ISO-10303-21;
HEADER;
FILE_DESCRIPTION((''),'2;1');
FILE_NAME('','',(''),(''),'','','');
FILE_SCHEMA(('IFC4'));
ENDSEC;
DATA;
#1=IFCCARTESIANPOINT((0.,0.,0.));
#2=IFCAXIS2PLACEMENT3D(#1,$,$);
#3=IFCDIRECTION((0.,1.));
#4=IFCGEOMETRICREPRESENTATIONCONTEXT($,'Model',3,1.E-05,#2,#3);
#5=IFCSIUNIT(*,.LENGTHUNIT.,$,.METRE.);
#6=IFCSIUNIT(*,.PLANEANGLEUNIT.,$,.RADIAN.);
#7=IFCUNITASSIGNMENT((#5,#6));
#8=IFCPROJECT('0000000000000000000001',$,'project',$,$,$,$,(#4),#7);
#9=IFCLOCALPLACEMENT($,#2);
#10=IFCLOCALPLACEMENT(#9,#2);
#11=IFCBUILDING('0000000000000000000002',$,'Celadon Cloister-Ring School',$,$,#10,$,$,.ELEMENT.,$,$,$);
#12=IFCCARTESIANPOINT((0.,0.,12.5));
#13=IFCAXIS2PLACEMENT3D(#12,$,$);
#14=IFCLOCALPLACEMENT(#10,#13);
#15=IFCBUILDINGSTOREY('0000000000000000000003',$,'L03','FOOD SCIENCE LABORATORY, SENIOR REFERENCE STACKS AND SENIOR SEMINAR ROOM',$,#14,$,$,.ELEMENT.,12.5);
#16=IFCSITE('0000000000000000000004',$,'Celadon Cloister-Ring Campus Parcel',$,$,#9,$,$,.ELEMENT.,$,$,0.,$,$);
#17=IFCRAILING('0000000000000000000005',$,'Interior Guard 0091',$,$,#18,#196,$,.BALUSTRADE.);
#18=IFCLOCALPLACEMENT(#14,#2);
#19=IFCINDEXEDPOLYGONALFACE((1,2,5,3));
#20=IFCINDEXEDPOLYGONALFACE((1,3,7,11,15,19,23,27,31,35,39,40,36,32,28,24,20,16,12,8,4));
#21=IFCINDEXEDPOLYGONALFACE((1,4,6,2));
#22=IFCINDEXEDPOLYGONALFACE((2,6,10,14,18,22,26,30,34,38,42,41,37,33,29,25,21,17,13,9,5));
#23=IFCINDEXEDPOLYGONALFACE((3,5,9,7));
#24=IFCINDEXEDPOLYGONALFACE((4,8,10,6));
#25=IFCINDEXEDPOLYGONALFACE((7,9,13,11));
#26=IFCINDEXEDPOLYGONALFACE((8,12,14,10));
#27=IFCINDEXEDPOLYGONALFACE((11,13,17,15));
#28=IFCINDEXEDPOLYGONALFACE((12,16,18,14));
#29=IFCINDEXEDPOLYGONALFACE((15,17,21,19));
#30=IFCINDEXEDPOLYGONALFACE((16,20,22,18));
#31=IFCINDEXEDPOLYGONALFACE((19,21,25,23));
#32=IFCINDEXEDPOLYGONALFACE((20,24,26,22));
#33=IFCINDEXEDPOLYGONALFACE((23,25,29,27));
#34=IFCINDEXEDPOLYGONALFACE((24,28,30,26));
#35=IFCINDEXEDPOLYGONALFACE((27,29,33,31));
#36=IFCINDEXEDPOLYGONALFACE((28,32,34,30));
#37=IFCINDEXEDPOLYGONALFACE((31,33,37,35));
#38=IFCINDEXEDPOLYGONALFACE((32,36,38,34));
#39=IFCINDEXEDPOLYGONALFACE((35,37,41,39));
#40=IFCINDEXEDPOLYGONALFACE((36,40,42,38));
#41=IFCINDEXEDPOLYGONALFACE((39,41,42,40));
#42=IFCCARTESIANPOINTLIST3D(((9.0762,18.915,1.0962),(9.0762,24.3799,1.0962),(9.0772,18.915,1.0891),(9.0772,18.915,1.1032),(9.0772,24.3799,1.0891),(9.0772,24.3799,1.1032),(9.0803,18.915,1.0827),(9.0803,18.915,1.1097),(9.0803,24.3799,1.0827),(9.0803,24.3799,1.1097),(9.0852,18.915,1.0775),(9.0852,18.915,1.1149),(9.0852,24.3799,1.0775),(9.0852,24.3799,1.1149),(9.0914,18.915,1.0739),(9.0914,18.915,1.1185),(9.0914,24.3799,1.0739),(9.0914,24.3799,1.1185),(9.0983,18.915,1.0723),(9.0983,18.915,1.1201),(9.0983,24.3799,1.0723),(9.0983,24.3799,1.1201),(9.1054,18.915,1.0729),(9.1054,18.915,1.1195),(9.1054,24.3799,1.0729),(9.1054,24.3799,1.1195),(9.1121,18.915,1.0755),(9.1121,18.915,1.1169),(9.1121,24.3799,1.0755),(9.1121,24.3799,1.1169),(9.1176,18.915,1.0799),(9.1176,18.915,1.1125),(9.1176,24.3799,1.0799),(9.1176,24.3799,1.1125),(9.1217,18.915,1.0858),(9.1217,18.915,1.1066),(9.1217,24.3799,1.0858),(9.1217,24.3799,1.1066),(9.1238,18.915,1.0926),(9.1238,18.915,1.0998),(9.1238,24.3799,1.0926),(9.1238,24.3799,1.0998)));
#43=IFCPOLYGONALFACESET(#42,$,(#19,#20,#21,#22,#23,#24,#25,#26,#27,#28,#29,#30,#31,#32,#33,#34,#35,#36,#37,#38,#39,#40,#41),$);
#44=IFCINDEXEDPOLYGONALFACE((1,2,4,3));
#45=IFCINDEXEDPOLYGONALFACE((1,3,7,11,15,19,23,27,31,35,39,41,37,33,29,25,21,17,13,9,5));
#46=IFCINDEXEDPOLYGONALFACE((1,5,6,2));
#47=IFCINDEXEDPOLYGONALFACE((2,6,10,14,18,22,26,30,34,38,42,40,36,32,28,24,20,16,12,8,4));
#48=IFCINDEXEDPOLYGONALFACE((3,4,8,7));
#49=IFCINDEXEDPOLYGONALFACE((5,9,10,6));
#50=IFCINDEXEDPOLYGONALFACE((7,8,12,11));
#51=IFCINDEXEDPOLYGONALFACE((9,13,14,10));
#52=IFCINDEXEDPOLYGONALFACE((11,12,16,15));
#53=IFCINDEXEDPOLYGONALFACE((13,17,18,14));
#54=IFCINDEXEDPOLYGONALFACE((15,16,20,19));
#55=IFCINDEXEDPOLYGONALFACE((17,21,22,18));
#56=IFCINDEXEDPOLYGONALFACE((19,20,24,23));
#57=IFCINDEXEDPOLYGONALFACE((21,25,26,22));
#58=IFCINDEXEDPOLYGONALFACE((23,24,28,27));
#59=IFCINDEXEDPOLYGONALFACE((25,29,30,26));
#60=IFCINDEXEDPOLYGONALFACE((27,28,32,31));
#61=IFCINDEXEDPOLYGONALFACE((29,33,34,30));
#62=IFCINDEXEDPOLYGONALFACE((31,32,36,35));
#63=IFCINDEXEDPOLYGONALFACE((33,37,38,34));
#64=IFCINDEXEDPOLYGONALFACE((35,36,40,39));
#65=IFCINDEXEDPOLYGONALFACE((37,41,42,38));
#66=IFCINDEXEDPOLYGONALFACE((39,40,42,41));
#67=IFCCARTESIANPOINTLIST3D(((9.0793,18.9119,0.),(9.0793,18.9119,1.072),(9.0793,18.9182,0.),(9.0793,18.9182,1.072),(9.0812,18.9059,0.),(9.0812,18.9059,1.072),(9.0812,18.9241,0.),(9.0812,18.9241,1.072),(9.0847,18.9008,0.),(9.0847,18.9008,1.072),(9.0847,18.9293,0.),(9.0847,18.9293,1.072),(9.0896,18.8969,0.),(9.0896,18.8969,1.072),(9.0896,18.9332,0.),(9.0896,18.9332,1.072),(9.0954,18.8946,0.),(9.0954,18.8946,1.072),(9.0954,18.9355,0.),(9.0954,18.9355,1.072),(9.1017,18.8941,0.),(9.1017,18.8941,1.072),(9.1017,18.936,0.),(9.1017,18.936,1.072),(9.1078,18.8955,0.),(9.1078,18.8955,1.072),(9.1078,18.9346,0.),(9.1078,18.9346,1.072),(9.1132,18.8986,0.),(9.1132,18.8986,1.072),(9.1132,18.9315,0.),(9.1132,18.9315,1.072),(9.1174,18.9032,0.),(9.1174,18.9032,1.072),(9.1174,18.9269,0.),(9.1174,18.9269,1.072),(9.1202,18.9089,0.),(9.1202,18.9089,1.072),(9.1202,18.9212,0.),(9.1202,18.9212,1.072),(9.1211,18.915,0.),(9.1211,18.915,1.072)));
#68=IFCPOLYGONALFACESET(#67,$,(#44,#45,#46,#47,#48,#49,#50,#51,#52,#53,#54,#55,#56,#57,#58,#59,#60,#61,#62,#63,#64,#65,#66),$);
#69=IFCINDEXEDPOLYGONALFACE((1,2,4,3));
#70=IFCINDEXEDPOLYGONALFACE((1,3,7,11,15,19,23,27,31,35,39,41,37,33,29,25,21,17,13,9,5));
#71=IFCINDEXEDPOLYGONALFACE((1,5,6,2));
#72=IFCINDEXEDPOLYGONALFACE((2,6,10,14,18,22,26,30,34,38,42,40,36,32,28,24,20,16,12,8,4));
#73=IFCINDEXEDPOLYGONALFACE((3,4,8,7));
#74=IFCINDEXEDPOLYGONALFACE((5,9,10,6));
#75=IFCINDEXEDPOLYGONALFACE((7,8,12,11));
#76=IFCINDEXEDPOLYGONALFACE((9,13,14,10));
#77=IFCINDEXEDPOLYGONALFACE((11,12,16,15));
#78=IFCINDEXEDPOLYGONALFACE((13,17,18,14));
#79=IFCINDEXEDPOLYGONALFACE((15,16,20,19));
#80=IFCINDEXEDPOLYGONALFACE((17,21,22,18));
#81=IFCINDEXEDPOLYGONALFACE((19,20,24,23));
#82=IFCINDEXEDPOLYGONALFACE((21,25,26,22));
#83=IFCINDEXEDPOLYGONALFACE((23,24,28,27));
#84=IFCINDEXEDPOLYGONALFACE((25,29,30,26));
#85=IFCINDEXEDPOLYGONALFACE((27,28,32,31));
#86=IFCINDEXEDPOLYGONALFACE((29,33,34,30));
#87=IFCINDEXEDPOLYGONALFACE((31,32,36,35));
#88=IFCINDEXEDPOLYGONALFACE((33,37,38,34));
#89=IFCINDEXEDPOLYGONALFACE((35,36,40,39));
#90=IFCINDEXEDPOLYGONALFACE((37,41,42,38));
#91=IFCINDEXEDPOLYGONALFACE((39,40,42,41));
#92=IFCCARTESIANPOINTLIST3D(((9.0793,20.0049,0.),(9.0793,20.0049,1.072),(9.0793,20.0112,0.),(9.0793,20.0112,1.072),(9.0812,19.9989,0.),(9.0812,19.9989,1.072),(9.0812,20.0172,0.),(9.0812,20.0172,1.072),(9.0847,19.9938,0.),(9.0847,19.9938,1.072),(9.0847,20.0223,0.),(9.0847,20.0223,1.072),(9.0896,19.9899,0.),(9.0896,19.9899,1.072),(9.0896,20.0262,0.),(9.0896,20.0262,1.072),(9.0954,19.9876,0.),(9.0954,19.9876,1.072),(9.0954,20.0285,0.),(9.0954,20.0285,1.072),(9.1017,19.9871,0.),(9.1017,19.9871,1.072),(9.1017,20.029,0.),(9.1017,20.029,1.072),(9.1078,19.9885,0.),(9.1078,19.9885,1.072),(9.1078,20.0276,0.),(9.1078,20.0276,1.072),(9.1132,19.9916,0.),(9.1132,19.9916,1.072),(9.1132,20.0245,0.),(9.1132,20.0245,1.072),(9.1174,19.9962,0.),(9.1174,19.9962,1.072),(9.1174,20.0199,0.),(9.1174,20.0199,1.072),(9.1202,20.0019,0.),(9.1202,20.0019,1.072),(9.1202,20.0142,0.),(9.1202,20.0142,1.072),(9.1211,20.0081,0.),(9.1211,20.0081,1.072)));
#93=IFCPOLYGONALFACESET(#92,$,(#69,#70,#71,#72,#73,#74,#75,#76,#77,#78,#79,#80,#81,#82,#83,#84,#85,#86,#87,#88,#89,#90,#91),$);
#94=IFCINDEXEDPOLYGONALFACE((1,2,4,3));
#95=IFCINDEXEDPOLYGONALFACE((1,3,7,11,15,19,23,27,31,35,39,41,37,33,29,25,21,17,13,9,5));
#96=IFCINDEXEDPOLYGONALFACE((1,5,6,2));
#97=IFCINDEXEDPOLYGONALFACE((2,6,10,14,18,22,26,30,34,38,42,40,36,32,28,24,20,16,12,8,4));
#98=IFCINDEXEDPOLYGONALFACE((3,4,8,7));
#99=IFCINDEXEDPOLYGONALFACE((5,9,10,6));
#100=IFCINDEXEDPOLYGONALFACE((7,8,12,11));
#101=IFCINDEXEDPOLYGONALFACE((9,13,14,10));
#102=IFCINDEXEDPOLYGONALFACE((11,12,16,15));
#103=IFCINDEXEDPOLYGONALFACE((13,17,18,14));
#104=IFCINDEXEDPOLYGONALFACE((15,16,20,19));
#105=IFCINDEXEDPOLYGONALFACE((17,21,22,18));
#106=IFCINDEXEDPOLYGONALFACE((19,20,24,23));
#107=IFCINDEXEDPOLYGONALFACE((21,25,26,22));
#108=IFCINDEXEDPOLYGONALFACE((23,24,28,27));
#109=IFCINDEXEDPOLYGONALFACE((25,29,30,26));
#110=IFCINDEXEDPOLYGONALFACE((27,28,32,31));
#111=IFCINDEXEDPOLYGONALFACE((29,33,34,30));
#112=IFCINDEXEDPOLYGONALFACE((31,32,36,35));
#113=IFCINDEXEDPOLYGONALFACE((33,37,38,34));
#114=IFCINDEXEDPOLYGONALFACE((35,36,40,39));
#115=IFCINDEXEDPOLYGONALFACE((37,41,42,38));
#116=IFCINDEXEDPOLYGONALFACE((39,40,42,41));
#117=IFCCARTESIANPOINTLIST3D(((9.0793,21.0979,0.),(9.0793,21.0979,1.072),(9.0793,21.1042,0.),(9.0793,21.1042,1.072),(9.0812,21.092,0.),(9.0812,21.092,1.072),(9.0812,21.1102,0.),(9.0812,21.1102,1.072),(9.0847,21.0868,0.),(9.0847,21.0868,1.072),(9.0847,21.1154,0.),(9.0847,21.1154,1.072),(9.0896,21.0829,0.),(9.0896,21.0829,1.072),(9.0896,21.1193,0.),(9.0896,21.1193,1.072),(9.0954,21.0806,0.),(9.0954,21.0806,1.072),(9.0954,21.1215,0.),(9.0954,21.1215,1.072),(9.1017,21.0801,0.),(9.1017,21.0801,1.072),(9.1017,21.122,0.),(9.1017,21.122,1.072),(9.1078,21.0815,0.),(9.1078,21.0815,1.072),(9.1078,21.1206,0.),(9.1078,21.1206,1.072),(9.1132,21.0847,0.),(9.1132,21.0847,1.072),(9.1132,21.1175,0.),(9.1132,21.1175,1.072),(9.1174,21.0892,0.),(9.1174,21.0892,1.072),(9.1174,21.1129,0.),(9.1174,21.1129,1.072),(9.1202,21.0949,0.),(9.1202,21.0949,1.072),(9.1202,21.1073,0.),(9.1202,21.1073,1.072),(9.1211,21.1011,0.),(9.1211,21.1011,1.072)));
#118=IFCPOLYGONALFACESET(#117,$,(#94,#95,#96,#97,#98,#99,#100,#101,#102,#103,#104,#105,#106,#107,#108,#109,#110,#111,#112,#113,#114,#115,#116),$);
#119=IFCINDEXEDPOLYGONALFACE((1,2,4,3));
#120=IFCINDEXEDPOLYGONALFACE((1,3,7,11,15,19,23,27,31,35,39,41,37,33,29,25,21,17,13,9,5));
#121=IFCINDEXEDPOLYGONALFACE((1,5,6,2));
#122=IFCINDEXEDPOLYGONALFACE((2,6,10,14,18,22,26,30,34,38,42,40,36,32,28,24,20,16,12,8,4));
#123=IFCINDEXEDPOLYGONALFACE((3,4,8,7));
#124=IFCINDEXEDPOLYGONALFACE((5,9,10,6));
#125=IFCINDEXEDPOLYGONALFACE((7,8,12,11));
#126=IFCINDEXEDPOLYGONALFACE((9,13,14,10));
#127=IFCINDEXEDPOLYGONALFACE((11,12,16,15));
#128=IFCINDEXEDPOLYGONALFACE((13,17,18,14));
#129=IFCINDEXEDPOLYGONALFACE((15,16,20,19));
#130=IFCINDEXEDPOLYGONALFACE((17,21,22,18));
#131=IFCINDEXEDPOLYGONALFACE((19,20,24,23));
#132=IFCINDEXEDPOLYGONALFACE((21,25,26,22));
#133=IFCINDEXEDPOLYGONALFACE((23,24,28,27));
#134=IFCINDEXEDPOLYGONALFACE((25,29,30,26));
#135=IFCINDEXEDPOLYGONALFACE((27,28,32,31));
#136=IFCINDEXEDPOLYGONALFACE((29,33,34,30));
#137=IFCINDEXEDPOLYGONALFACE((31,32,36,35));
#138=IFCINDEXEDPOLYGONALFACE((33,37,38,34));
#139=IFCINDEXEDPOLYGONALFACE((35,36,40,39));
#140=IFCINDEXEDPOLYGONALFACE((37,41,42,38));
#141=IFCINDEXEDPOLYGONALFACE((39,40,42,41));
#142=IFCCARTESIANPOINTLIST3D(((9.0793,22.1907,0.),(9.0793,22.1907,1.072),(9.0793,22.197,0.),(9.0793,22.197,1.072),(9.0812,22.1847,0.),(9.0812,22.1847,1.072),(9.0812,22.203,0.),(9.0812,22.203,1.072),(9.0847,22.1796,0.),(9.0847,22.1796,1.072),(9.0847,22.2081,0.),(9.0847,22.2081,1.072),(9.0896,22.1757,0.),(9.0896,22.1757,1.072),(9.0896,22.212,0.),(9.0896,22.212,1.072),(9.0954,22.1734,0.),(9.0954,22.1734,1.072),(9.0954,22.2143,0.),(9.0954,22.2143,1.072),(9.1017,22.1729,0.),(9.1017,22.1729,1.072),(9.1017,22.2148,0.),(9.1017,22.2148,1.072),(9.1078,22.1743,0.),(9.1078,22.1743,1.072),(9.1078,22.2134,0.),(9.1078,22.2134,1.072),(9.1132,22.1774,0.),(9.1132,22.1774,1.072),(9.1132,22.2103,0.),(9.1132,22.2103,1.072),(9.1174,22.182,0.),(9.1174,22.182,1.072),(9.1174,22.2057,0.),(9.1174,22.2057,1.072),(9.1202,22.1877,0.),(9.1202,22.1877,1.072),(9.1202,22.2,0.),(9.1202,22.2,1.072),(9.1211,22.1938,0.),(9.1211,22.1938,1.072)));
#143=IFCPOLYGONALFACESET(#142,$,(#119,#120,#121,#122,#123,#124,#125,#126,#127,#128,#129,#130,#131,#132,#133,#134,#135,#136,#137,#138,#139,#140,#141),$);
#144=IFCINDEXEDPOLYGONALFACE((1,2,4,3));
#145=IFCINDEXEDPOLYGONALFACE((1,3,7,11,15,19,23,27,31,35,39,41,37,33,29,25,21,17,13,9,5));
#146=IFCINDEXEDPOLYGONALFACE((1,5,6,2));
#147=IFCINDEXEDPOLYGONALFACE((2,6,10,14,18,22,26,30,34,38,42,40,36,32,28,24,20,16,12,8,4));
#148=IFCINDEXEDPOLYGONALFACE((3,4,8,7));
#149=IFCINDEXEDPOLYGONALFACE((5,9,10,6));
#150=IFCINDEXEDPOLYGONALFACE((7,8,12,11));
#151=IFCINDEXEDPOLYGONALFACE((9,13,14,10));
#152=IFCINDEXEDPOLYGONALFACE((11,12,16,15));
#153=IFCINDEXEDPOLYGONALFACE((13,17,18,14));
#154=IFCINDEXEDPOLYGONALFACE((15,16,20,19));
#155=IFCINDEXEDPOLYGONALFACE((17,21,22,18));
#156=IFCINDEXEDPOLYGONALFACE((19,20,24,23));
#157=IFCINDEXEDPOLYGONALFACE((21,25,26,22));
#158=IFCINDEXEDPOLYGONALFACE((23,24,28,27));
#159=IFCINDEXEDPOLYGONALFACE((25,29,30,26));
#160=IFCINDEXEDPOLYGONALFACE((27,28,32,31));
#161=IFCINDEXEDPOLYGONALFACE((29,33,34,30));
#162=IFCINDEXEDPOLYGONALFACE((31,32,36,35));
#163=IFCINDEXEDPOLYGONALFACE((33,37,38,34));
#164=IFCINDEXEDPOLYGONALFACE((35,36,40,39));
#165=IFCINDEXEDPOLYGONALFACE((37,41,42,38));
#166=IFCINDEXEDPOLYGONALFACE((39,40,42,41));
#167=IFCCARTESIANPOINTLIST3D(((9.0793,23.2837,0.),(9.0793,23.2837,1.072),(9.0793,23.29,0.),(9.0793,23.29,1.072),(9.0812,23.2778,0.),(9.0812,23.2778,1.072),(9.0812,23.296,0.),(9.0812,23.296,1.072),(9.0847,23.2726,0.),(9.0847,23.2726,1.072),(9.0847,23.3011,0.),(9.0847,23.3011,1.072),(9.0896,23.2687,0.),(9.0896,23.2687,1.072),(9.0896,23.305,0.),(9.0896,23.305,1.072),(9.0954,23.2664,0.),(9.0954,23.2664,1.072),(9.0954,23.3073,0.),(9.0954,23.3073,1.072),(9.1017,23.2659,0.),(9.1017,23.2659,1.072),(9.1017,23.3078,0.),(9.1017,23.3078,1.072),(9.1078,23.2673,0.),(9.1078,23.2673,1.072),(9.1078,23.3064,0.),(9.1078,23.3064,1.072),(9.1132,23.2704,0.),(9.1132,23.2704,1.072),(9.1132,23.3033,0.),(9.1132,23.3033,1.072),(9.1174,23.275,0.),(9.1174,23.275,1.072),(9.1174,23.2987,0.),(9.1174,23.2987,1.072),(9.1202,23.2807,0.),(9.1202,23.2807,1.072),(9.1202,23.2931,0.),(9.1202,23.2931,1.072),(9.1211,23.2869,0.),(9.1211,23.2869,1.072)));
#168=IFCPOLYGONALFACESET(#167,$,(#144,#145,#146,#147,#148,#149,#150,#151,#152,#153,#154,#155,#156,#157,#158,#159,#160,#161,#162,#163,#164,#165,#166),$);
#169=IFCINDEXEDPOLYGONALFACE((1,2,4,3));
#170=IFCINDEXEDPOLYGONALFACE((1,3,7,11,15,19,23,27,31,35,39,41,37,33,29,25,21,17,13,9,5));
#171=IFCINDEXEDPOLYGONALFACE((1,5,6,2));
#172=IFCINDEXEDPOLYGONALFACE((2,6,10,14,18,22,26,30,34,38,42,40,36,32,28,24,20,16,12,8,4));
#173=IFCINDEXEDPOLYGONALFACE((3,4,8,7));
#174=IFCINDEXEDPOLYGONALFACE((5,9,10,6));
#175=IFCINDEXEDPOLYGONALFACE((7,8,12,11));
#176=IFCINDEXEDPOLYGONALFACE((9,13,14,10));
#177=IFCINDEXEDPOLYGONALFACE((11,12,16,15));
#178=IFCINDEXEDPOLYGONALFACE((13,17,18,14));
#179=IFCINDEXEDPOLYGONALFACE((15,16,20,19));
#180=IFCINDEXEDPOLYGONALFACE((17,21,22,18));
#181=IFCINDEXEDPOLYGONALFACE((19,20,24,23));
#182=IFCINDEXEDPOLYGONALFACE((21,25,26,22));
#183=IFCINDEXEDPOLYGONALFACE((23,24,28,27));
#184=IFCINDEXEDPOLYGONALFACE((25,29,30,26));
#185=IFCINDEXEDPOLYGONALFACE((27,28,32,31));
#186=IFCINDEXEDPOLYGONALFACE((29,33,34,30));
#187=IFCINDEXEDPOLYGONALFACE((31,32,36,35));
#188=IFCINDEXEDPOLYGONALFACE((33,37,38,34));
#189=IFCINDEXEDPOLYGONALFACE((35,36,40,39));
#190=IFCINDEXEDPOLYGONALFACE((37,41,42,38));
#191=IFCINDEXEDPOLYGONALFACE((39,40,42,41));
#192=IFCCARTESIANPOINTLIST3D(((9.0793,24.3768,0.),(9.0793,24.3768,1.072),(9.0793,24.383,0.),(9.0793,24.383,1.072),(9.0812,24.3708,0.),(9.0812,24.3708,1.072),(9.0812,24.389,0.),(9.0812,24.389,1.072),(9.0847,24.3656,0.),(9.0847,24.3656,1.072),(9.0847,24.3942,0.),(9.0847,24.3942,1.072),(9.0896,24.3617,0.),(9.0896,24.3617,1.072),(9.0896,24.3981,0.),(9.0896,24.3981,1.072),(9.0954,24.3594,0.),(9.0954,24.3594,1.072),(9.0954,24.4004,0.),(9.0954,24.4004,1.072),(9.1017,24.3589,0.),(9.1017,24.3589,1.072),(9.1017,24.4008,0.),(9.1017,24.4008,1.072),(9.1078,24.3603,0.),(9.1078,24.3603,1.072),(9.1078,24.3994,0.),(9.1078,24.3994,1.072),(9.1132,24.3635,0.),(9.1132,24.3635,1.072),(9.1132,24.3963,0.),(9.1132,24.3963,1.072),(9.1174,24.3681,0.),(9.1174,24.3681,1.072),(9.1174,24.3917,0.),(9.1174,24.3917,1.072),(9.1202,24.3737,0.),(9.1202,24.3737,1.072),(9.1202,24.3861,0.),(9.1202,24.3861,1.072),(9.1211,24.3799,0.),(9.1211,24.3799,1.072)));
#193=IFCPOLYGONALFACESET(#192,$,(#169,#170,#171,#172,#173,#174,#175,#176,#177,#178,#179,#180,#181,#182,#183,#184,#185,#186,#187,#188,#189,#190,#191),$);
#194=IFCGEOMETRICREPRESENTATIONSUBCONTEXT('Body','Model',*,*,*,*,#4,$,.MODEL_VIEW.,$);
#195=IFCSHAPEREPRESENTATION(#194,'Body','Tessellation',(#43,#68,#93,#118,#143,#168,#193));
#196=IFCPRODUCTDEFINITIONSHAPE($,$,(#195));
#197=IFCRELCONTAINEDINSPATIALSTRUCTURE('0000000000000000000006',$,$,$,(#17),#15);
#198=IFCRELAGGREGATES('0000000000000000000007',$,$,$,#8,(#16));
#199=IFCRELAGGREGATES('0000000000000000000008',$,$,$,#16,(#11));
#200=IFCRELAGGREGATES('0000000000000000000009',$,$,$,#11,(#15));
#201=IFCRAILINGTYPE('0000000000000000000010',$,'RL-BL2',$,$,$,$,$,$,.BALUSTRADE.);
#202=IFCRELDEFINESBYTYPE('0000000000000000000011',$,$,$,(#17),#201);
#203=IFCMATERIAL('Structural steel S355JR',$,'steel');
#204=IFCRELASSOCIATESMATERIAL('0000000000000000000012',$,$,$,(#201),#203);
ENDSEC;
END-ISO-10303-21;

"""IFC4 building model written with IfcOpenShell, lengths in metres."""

from ifc_helpers import new_model, si_unit, direction, frame, origin, origin_2d, place, context, subcontext, project, spatial, circle, extrude, material, type_object, element, save


model = new_model("IFC4")

# Units and contexts
model_context = context("Model", 3, precision=1e-05, world=origin(), true_north=direction((0.0, 1.0)))
body_context = subcontext(model_context, "Body", "Model", "MODEL_VIEW")
ifc_project = project(units=[si_unit("LENGTHUNIT", "METRE"), si_unit("PLANEANGLEUNIT", "RADIAN")], contexts=[model_context])

# Site, building, storey
site_placement = place(None, origin())
site = spatial("IfcSite", under=ifc_project, at=site_placement, Name="Celadon Cloister-Ring Campus Parcel", CompositionType="ELEMENT", RefElevation=0.0)
building_placement = place(site_placement, origin())
building = spatial("IfcBuilding", under=site, at=building_placement, Name="Celadon Cloister-Ring School", CompositionType="ELEMENT")
storey_placement = place(building_placement, frame((0.0, 0.0, 12.5)))
storey = spatial("IfcBuildingStorey", under=building, at=storey_placement, Name="L03", Description="FOOD SCIENCE LABORATORY, SENIOR REFERENCE STACKS AND SENIOR SEMINAR ROOM", CompositionType="ELEMENT", Elevation=12.5)

# Railing
ifc_material_1 = material(Name="Structural steel S355JR", Category="steel")
railing_type_1 = type_object("IfcRailingType", Name="RL-BL2", PredefinedType="BALUSTRADE", material=ifc_material_1)
railing_1_placement = place(storey_placement, frame((9.1001, 18.915, 0.0)))
element("IfcRailing", 1, at=railing_1_placement, inside=storey, type_object=railing_type_1, Name="Interior Guard 0091", PredefinedType="BALUSTRADE", context=body_context, shape_type="SweptSolid", body=[
    extrude(circle(Radius=0.0239, at=origin_2d()), frame((0.0, 0.0, 1.0962), z_axis=(0.0, 1.0, 0.0), x_axis=(-1.0, 0.0, 0.0)), (0.0, 0.0, 1.0), 5.4648),
    extrude(circle(Radius=0.021, at=origin_2d()), origin(), (0.0, 0.0, 1.0), 1.072),
    extrude(circle(Radius=0.021, at=origin_2d()), frame((0.0, 1.093, 0.0)), (0.0, 0.0, 1.0), 1.072),
    extrude(circle(Radius=0.021, at=origin_2d()), frame((0.0, 2.186, 0.0)), (0.0, 0.0, 1.0), 1.072),
    extrude(circle(Radius=0.021, at=origin_2d()), frame((0.0, 3.2788, 0.0)), (0.0, 0.0, 1.0), 1.072),
    extrude(circle(Radius=0.021, at=origin_2d()), frame((0.0, 4.3718, 0.0)), (0.0, 0.0, 1.0), 1.072),
    extrude(circle(Radius=0.021, at=origin_2d()), frame((0.0, 5.4648, 0.0)), (0.0, 0.0, 1.0), 1.072),
])

save(model, "model.ifc")
